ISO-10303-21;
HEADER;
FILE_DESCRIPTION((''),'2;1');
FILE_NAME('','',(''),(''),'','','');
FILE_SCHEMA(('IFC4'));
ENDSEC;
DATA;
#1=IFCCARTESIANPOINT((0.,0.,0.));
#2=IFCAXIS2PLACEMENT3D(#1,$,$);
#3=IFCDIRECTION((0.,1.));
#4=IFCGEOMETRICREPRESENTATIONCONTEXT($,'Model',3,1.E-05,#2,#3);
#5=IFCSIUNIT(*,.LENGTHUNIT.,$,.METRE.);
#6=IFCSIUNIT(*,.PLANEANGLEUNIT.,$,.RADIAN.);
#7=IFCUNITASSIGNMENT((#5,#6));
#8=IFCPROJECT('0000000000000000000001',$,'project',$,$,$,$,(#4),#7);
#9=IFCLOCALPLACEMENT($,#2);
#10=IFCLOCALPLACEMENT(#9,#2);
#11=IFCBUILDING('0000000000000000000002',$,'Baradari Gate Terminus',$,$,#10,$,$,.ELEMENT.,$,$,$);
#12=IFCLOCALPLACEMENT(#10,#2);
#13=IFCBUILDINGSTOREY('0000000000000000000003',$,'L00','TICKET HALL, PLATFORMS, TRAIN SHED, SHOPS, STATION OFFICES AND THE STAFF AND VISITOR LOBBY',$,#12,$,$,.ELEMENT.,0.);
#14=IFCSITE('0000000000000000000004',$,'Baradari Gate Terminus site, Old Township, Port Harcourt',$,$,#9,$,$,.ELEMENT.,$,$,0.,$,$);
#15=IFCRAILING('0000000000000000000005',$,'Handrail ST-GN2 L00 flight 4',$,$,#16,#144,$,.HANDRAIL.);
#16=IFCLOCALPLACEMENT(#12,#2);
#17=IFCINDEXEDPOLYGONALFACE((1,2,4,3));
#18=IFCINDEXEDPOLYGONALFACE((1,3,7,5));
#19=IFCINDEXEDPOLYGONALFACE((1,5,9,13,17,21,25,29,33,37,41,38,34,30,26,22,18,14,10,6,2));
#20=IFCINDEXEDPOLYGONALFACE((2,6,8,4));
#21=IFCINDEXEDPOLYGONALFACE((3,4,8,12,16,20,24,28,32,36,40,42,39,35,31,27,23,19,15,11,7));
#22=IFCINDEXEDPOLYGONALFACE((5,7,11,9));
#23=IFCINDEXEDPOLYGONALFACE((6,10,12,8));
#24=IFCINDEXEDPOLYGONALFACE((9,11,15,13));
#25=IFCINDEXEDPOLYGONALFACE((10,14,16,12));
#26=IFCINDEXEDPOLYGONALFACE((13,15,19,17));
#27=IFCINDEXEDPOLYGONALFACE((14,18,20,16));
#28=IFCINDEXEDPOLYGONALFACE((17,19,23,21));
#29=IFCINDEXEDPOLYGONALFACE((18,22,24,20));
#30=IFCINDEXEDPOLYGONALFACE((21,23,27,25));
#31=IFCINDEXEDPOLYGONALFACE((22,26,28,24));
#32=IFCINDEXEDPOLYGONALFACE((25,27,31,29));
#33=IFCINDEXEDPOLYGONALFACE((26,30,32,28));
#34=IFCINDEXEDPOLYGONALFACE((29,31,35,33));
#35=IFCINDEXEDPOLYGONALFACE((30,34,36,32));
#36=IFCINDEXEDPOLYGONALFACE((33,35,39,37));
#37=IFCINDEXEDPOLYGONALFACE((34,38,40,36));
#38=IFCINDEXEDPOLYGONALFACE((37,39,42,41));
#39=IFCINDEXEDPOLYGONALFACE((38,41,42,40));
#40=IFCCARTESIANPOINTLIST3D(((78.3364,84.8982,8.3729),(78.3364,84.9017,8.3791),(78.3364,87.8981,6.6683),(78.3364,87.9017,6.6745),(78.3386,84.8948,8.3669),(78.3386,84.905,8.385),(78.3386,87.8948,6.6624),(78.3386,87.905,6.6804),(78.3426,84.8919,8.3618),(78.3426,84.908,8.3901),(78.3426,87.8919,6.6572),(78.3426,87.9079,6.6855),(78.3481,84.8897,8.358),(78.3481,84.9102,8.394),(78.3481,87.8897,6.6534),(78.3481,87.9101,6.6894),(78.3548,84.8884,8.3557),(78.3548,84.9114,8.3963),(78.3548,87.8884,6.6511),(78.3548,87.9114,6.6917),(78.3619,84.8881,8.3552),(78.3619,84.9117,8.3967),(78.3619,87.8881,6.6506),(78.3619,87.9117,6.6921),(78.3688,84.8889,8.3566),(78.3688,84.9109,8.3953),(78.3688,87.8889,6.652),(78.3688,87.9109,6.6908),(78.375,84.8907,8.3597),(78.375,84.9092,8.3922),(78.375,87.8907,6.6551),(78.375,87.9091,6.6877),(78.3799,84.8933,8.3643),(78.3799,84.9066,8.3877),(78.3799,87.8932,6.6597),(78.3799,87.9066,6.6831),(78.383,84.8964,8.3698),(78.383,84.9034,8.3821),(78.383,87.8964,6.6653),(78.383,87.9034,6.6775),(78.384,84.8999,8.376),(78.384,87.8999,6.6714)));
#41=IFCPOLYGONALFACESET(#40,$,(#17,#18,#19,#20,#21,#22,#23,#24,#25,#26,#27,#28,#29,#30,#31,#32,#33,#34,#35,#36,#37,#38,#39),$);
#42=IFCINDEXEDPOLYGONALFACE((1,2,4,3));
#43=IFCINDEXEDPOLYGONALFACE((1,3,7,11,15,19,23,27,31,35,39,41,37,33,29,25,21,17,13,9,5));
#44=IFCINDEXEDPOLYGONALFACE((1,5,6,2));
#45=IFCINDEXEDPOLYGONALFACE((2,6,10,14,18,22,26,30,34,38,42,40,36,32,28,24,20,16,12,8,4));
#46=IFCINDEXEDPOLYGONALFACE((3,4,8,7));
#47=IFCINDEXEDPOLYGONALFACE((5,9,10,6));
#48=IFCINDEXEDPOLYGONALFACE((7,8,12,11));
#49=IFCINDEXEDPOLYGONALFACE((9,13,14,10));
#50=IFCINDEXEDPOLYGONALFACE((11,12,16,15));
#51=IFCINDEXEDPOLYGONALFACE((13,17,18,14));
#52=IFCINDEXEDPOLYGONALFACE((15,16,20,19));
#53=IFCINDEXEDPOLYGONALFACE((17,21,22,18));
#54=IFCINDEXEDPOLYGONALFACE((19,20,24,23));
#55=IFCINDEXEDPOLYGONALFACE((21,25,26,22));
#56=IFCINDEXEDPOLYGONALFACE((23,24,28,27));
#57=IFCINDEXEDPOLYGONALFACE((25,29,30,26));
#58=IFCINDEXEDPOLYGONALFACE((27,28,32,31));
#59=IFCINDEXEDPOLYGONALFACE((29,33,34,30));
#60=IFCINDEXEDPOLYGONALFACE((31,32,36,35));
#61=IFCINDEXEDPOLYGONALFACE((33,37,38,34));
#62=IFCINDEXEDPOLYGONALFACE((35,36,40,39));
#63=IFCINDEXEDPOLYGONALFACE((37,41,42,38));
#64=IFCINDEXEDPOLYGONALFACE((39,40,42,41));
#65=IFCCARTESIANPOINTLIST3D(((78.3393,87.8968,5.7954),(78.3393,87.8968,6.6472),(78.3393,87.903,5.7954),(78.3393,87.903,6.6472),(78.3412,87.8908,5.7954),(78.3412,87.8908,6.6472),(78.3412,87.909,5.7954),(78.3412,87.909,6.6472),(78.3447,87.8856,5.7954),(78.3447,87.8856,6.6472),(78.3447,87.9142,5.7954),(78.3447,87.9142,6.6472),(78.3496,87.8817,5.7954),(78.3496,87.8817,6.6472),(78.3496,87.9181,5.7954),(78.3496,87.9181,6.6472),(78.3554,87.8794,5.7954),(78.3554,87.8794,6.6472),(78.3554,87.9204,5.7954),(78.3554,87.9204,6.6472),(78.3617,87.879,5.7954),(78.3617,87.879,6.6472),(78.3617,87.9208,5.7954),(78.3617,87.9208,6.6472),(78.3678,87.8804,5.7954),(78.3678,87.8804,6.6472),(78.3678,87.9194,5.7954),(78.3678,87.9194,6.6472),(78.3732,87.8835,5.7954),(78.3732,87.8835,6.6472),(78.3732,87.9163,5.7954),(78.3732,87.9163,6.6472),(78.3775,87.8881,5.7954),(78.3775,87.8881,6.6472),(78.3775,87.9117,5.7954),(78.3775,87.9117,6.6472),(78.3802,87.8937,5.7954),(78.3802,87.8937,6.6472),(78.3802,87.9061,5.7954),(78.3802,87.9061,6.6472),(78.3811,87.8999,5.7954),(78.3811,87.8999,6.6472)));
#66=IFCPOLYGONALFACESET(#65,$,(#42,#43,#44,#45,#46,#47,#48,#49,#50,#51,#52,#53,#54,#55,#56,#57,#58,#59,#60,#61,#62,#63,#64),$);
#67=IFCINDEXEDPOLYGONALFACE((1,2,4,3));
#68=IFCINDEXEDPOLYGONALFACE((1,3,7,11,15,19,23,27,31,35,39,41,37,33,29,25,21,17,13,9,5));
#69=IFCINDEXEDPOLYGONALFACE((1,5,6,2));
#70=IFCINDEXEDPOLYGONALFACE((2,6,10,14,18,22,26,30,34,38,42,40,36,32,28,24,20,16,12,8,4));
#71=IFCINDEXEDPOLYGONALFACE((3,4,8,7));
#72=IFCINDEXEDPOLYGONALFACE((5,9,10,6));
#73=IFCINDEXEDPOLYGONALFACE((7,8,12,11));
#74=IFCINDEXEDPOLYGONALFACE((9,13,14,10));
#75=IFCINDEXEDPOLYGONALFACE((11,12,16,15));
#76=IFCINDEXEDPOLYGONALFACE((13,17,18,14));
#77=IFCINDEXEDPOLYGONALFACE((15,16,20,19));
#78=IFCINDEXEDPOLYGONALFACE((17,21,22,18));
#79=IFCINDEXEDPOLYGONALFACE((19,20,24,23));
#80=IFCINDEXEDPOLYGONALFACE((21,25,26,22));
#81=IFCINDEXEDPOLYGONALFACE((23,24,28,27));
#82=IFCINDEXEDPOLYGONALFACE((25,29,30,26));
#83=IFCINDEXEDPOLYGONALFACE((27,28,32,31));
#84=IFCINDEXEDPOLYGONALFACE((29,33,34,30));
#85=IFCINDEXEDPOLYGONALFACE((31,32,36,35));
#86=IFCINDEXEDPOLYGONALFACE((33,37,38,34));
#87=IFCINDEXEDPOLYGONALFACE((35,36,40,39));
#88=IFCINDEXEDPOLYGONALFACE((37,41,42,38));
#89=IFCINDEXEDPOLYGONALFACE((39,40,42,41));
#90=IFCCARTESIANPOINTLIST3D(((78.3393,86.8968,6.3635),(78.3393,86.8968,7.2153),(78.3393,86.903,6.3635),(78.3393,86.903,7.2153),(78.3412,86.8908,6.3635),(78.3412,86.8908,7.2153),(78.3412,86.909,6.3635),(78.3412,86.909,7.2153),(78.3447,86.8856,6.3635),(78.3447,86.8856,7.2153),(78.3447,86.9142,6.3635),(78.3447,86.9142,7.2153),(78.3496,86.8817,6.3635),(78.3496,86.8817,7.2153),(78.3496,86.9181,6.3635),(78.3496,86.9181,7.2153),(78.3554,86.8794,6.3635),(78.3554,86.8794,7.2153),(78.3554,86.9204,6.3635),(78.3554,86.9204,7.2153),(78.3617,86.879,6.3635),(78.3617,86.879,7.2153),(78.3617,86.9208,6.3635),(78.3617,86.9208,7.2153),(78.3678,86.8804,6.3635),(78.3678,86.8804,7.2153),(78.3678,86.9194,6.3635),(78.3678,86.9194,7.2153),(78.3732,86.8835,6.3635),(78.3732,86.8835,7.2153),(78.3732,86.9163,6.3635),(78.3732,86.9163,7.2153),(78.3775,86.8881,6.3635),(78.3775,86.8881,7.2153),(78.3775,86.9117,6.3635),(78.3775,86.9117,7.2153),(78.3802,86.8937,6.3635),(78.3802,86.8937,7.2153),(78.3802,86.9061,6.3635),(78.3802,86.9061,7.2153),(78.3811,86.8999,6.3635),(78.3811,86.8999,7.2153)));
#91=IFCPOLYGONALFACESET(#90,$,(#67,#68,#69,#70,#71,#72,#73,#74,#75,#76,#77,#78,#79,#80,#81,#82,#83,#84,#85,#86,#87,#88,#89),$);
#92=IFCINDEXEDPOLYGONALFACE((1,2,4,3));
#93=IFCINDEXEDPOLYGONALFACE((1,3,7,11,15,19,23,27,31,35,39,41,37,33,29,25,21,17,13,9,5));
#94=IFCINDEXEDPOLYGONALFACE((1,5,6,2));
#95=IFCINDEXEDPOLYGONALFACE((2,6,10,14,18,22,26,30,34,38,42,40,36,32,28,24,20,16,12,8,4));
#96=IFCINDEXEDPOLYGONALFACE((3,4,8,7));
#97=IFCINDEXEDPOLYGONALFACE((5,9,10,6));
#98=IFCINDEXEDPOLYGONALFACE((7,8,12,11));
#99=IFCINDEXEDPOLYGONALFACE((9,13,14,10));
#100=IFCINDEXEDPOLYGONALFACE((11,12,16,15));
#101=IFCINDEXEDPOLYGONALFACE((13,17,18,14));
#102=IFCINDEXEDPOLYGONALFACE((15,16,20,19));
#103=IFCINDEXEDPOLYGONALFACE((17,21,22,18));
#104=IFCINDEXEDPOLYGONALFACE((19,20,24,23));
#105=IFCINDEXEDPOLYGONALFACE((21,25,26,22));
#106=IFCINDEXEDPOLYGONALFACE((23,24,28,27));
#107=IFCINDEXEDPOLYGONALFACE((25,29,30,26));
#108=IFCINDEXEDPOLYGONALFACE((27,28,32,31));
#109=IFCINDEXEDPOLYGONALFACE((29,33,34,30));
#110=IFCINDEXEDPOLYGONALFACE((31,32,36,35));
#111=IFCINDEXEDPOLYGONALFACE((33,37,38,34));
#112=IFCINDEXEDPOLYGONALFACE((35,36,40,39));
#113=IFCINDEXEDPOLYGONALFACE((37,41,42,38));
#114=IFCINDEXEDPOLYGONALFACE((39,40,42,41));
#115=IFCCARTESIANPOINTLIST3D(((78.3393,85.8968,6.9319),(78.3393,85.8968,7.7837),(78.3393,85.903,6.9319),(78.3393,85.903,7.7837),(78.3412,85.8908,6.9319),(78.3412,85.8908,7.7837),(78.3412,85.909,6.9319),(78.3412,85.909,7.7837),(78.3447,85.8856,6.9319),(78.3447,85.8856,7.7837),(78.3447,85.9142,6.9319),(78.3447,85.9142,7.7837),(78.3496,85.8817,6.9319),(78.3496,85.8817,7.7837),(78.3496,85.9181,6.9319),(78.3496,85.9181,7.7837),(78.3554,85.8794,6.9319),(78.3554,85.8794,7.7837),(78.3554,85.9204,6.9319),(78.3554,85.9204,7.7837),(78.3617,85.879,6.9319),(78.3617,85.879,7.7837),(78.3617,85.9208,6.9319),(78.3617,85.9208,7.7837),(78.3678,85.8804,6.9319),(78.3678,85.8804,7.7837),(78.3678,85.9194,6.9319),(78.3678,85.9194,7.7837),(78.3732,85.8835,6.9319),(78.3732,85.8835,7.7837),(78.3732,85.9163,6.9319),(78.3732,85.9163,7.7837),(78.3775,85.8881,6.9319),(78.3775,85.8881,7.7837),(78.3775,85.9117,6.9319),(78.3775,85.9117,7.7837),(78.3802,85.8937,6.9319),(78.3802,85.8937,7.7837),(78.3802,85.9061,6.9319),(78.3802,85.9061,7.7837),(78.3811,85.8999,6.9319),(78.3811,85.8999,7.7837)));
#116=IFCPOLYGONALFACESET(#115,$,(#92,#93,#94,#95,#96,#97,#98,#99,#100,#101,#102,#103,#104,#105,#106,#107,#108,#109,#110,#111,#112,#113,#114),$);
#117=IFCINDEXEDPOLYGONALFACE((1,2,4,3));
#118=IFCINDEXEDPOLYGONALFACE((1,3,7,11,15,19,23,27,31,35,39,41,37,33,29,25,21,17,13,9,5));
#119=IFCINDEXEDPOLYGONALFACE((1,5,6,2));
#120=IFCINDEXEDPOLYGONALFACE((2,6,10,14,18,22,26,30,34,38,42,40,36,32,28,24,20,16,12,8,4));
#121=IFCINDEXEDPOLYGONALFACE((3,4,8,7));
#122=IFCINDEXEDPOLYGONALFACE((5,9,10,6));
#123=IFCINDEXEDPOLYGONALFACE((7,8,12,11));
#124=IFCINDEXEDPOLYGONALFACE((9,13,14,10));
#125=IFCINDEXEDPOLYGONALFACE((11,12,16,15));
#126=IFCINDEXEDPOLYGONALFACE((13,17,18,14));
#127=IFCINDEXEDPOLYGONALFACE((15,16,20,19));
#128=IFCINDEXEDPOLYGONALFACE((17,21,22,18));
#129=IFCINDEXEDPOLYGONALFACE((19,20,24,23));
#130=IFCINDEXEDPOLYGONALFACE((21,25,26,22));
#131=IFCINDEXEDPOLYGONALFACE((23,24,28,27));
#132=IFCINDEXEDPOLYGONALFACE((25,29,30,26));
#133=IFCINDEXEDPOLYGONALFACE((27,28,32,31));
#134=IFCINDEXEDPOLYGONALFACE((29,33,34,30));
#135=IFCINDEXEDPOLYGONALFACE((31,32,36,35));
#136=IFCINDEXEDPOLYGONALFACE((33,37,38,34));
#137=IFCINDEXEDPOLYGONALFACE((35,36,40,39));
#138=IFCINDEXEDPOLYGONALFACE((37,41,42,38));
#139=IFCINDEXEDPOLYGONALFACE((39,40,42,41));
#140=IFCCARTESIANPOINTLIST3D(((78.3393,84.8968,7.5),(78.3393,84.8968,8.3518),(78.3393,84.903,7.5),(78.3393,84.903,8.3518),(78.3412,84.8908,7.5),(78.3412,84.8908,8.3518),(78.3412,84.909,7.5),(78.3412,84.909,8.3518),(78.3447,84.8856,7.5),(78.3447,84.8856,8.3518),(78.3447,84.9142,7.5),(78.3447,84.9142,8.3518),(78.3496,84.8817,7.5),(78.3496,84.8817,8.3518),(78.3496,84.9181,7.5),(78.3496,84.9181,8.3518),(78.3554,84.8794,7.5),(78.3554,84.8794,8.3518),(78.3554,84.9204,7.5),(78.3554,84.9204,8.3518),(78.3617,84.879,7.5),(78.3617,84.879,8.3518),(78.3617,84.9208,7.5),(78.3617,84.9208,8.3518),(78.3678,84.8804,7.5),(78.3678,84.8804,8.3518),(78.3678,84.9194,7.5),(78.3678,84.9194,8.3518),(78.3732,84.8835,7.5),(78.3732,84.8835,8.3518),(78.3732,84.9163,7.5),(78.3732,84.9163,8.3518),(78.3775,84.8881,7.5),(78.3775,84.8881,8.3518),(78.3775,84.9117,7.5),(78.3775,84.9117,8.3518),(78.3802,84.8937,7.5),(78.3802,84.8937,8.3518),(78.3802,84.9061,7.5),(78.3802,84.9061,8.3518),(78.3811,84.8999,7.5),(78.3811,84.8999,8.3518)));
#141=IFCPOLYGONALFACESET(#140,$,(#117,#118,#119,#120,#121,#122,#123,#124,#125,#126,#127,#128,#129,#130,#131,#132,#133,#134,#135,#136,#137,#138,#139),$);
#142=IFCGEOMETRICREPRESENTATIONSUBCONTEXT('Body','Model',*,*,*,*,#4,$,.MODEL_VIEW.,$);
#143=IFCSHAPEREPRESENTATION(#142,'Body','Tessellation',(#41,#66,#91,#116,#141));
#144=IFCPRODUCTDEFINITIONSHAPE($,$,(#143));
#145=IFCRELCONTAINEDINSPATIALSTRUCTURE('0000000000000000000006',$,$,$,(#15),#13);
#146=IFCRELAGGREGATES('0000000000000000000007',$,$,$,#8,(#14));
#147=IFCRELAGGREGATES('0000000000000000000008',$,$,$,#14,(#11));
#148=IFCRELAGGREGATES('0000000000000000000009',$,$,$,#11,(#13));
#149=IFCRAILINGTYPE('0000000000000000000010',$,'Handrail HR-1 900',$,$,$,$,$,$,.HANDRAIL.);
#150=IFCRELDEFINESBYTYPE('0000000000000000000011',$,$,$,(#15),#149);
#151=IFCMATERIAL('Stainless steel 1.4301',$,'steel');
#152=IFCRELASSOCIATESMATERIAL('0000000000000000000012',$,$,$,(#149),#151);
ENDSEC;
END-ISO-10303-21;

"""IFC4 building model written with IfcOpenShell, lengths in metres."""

from ifc_helpers import new_model, si_unit, direction, frame, origin, origin_2d, place, context, subcontext, project, spatial, circle, extrude, material, type_object, element, save


model = new_model("IFC4")

# Units and contexts
model_context = context("Model", 3, precision=1e-05, world=origin(), true_north=direction((0.0, 1.0)))
body_context = subcontext(model_context, "Body", "Model", "MODEL_VIEW")
ifc_project = project(units=[si_unit("LENGTHUNIT", "METRE"), si_unit("PLANEANGLEUNIT", "RADIAN")], contexts=[model_context])

# Site, building, storey
site_placement = place(None, origin())
site = spatial("IfcSite", under=ifc_project, at=site_placement, Name="Baradari Gate Terminus site, Old Township, Port Harcourt", CompositionType="ELEMENT", RefElevation=0.0)
building_placement = place(site_placement, origin())
building = spatial("IfcBuilding", under=site, at=building_placement, Name="Baradari Gate Terminus", CompositionType="ELEMENT")
storey_placement = place(building_placement, origin())
storey = spatial("IfcBuildingStorey", under=building, at=storey_placement, Name="L00", Description="TICKET HALL, PLATFORMS, TRAIN SHED, SHOPS, STATION OFFICES AND THE STAFF AND VISITOR LOBBY", CompositionType="ELEMENT", Elevation=0.0)

# Railing
ifc_material_1 = material(Name="Stainless steel 1.4301", Category="steel")
railing_type_1 = type_object("IfcRailingType", Name="Handrail HR-1 900", PredefinedType="HANDRAIL", material=ifc_material_1)
for number, where, name in (
    (1, (78.3601, 87.8999, 5.7954), "Handrail ST-GN2 L00 flight 4"),
):
    element("IfcRailing", number, at=place(storey_placement, frame(where)), inside=storey, type_object=railing_type_1, Name=name, PredefinedType="HANDRAIL", context=body_context, shape_type="SweptSolid", body=[
        extrude(circle(Radius=0.0239, at=origin_2d()), frame((0.0, 0.0, 0.876), z_axis=(0.0, -0.869451, 0.494019), x_axis=(1.0, 0.0, 0.0)), (0.0, 0.0, 1.0), 3.4504),
        extrude(circle(Radius=0.021, at=origin_2d()), origin(), (0.0, 0.0, 1.0), 0.8518),
        extrude(circle(Radius=0.021, at=origin_2d()), frame((0.0, -1.0, 0.5681)), (0.0, 0.0, 1.0), 0.8518),
        extrude(circle(Radius=0.021, at=origin_2d()), frame((0.0, -2.0, 1.1365)), (0.0, 0.0, 1.0), 0.8518),
        extrude(circle(Radius=0.021, at=origin_2d()), frame((0.0, -3.0, 1.7046)), (0.0, 0.0, 1.0), 0.8518),
    ])

save(model, "model.ifc")
